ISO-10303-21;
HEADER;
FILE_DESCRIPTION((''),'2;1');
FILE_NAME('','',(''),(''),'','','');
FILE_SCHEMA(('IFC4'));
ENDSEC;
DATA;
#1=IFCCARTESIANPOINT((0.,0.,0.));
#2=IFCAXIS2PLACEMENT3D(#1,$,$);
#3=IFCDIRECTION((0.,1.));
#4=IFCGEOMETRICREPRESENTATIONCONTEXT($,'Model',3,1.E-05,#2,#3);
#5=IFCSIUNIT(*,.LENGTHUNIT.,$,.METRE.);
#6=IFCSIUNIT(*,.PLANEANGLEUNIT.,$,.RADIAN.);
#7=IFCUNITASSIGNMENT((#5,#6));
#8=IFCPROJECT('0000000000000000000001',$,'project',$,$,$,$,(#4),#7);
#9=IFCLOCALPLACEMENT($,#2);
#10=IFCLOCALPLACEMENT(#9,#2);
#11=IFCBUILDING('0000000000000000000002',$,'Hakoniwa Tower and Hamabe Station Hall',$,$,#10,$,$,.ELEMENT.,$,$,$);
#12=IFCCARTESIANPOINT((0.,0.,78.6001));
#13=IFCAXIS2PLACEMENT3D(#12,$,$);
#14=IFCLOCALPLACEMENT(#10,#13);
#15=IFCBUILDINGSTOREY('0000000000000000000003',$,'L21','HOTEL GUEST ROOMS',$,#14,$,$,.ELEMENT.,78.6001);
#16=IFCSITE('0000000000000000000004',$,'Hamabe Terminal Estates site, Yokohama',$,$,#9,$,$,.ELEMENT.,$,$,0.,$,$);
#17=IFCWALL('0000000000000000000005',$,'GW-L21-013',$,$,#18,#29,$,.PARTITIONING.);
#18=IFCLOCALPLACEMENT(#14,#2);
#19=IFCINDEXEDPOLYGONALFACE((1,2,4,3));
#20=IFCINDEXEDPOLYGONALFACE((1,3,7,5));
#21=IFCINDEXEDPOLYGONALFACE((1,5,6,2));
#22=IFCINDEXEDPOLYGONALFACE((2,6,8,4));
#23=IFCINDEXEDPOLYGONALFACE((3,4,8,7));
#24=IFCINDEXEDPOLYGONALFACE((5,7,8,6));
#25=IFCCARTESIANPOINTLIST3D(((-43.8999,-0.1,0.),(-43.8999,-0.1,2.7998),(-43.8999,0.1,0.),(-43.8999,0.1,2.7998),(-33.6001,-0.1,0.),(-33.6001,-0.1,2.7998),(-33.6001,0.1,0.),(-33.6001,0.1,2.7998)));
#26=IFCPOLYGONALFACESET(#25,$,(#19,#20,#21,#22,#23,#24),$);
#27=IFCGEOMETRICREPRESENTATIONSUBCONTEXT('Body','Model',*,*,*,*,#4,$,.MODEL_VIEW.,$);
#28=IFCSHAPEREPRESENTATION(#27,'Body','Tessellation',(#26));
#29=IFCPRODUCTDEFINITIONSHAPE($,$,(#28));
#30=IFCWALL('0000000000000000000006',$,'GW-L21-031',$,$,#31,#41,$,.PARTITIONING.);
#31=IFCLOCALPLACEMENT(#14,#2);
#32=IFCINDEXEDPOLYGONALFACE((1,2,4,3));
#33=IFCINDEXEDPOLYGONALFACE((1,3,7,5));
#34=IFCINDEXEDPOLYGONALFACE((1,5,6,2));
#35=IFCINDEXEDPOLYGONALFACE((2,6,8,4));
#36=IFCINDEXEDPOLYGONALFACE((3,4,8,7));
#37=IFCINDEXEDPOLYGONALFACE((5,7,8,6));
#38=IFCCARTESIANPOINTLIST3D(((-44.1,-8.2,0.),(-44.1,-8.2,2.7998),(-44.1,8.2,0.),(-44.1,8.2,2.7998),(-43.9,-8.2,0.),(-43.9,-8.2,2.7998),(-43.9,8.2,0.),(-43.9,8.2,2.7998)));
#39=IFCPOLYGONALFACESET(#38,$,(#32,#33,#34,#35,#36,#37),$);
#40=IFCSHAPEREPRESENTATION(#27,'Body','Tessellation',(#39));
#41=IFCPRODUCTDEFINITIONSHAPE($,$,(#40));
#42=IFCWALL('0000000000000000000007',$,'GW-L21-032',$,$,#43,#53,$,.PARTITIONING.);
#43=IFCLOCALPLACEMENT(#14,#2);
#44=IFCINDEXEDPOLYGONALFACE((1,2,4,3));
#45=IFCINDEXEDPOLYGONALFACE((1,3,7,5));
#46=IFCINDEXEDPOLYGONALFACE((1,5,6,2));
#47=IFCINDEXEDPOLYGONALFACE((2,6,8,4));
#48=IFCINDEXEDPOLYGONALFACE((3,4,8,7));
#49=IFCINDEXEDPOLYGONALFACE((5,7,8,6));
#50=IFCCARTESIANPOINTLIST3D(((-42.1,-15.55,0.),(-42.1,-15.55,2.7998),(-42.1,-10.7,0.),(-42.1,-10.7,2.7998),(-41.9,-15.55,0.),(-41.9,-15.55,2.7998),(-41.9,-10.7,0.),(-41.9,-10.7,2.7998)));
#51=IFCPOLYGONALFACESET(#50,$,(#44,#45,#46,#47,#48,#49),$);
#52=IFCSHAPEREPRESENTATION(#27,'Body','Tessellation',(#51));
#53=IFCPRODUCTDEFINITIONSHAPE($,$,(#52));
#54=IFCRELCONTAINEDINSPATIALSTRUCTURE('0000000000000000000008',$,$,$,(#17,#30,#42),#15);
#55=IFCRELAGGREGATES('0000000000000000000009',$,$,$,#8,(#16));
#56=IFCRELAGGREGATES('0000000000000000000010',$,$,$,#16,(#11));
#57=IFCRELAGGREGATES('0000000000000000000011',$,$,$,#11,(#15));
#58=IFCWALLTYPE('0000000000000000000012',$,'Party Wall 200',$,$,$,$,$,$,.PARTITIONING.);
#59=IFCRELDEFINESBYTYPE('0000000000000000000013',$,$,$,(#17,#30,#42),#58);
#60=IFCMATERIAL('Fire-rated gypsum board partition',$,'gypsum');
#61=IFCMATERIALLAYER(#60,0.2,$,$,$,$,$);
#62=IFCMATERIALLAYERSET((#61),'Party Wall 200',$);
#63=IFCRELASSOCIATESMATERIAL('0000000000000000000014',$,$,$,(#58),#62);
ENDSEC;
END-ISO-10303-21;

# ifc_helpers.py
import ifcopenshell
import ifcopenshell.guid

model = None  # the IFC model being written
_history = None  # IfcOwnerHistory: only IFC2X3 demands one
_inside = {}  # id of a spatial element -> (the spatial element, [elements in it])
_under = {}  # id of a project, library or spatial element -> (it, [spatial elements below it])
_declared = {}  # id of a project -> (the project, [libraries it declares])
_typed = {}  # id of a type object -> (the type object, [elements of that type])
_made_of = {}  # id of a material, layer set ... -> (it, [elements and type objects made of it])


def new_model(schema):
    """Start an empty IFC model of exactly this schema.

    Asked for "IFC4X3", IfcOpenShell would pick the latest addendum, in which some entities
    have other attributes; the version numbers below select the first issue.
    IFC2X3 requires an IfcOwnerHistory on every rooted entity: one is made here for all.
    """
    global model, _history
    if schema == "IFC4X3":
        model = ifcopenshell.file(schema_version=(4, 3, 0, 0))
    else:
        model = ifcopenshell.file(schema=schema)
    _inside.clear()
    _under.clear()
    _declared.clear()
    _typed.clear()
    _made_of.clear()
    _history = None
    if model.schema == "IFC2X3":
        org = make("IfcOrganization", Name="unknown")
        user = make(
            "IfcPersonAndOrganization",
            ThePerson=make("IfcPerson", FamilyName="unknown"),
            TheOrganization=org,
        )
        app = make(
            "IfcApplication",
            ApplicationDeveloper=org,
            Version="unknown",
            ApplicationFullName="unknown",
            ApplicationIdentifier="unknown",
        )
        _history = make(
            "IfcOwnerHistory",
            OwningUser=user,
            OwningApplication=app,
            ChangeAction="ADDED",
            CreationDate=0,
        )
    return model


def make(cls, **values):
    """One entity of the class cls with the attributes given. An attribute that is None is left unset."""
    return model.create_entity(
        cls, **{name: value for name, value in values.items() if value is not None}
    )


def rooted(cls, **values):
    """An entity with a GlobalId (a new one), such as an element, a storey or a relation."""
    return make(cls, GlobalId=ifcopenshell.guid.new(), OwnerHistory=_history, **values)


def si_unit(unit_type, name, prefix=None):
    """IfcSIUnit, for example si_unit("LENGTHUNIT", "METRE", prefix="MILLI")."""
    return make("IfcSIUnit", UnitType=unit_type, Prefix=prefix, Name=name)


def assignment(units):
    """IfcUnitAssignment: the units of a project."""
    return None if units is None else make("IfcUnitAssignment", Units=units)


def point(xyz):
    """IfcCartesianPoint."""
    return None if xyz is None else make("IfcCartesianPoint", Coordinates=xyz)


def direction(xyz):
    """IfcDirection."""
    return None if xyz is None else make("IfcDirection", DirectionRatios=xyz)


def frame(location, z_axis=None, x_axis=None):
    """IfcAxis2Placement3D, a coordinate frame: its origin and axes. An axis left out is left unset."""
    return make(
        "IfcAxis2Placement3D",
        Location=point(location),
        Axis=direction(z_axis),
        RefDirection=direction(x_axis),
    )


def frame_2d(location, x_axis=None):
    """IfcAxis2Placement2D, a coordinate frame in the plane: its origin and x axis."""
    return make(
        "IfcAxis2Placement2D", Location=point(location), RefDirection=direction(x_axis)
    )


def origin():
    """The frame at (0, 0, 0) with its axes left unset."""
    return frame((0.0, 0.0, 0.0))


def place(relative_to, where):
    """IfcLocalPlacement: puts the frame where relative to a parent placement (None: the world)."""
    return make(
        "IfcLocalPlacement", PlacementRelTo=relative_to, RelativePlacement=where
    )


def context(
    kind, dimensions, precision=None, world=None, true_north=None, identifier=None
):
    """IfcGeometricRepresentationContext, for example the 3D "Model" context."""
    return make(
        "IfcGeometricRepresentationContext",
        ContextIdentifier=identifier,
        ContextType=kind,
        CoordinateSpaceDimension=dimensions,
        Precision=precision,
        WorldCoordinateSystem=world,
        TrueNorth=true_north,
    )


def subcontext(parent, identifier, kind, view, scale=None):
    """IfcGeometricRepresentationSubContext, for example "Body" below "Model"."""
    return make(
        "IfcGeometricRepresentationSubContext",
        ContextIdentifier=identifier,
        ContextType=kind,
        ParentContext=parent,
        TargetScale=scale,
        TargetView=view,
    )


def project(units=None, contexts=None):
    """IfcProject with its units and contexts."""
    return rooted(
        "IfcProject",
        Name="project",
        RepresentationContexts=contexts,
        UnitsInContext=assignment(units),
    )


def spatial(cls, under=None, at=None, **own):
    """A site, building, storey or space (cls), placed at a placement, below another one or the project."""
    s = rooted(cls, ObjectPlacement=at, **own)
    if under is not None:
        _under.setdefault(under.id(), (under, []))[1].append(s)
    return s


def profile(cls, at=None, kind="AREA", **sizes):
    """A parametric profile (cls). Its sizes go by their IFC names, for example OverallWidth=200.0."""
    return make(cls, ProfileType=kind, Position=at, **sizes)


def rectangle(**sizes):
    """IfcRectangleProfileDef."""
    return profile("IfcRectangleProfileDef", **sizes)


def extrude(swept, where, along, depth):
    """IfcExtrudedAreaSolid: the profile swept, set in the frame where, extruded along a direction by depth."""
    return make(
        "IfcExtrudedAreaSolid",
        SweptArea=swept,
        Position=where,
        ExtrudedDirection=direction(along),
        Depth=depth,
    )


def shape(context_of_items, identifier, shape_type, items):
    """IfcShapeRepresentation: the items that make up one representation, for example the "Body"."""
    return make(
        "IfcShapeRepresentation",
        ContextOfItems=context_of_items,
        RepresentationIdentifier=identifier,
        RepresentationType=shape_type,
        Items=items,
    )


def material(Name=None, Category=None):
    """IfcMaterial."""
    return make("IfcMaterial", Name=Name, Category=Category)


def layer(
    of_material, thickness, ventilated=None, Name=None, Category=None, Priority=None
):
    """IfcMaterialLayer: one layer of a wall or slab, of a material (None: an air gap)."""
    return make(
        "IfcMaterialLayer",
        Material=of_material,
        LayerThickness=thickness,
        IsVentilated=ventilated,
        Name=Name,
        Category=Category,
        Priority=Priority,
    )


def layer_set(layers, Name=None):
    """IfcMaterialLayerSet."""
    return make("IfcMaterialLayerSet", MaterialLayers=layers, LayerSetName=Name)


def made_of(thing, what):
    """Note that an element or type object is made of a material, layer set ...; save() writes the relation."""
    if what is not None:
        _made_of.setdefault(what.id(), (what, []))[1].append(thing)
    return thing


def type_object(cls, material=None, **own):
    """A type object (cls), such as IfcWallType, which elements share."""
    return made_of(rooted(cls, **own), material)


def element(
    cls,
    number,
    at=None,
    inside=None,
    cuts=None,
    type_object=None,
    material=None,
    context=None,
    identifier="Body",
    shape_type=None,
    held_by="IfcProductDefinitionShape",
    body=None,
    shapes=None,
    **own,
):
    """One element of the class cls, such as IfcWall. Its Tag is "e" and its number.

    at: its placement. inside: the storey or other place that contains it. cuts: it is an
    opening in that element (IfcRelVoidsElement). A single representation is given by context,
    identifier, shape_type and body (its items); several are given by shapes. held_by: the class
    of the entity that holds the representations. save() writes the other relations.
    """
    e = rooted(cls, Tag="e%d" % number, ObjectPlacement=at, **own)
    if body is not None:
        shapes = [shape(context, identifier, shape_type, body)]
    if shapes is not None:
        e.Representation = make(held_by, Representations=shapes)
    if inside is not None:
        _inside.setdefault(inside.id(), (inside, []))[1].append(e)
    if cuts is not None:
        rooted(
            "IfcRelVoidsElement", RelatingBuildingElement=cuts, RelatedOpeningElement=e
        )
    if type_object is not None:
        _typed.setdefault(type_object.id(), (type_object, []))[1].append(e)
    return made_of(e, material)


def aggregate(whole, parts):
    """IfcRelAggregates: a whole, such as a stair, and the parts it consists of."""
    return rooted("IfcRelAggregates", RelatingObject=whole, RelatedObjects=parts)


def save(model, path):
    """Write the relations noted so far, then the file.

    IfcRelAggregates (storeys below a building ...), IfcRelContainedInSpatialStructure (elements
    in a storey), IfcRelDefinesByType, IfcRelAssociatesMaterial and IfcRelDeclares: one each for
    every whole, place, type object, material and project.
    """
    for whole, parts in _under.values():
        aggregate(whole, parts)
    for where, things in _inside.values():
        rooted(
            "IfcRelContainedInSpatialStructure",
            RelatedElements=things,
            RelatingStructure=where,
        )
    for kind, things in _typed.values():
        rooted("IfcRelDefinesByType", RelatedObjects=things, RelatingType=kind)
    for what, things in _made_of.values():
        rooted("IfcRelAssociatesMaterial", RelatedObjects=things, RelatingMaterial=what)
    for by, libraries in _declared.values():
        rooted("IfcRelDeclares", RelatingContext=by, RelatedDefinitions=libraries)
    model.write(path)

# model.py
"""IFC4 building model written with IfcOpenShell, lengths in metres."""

from ifc_helpers import new_model, si_unit, direction, frame, frame_2d, origin, place, context, subcontext, project, spatial, rectangle, extrude, material, layer, layer_set, type_object, element, save


model = new_model("IFC4")

# Units and contexts
model_context = context("Model", 3, precision=1e-05, world=origin(), true_north=direction((0.0, 1.0)))
body_context = subcontext(model_context, "Body", "Model", "MODEL_VIEW")
ifc_project = project(units=[si_unit("LENGTHUNIT", "METRE"), si_unit("PLANEANGLEUNIT", "RADIAN")], contexts=[model_context])

# Site, building, storey
site_placement = place(None, origin())
site = spatial("IfcSite", under=ifc_project, at=site_placement, Name="Hamabe Terminal Estates site, Yokohama", CompositionType="ELEMENT", RefElevation=0.0)
building_placement = place(site_placement, origin())
building = spatial("IfcBuilding", under=site, at=building_placement, Name="Hakoniwa Tower and Hamabe Station Hall", CompositionType="ELEMENT")
storey_placement = place(building_placement, frame((0.0, 0.0, 78.6001)))
storey = spatial("IfcBuildingStorey", under=building, at=storey_placement, Name="L21", Description="HOTEL GUEST ROOMS", CompositionType="ELEMENT", Elevation=78.6001)

# Walls
ifc_material_1 = material(Name="Fire-rated gypsum board partition", Category="gypsum")
ifc_layer_1 = layer(ifc_material_1, 0.2)
ifc_layer_set_1 = layer_set([ifc_layer_1], Name="Party Wall 200")
wall_type_1 = type_object("IfcWallType", Name="Party Wall 200", PredefinedType="PARTITIONING", material=ifc_layer_set_1)
wall_1_placement = place(storey_placement, frame((-43.8999, 0.0, 0.0), z_axis=(0.0, 0.0, 1.0), x_axis=(1.0, 0.0, 0.0)))
element("IfcWall", 1, at=wall_1_placement, inside=storey, type_object=wall_type_1, Name="GW-L21-013", PredefinedType="PARTITIONING", context=body_context, shape_type="SweptSolid", body=[
    extrude(rectangle(XDim=10.2998, YDim=0.2, at=frame_2d((5.1499, 0.0))), origin(), (0.0, 0.0, 1.0), 2.7998),
])
wall_2_placement = place(storey_placement, frame((-44.0, -8.2, 0.0), z_axis=(0.0, 0.0, 1.0), x_axis=(0.0, 1.0, 0.0)))
element("IfcWall", 2, at=wall_2_placement, inside=storey, type_object=wall_type_1, Name="GW-L21-031", PredefinedType="PARTITIONING", context=body_context, shape_type="SweptSolid", body=[
    extrude(rectangle(XDim=16.3999, YDim=0.2, at=frame_2d((8.2, 0.0))), origin(), (0.0, 0.0, 1.0), 2.7998),
])
wall_3_placement = place(storey_placement, frame((-42.0, -15.55, 0.0), z_axis=(0.0, 0.0, 1.0), x_axis=(0.0, 1.0, 0.0)))
element("IfcWall", 3, at=wall_3_placement, inside=storey, type_object=wall_type_1, Name="GW-L21-032", PredefinedType="PARTITIONING", context=body_context, shape_type="SweptSolid", body=[
    extrude(rectangle(XDim=4.8501, YDim=0.2, at=frame_2d((2.425, 0.0))), origin(), (0.0, 0.0, 1.0), 2.7998),
])

save(model, "model.ifc")
